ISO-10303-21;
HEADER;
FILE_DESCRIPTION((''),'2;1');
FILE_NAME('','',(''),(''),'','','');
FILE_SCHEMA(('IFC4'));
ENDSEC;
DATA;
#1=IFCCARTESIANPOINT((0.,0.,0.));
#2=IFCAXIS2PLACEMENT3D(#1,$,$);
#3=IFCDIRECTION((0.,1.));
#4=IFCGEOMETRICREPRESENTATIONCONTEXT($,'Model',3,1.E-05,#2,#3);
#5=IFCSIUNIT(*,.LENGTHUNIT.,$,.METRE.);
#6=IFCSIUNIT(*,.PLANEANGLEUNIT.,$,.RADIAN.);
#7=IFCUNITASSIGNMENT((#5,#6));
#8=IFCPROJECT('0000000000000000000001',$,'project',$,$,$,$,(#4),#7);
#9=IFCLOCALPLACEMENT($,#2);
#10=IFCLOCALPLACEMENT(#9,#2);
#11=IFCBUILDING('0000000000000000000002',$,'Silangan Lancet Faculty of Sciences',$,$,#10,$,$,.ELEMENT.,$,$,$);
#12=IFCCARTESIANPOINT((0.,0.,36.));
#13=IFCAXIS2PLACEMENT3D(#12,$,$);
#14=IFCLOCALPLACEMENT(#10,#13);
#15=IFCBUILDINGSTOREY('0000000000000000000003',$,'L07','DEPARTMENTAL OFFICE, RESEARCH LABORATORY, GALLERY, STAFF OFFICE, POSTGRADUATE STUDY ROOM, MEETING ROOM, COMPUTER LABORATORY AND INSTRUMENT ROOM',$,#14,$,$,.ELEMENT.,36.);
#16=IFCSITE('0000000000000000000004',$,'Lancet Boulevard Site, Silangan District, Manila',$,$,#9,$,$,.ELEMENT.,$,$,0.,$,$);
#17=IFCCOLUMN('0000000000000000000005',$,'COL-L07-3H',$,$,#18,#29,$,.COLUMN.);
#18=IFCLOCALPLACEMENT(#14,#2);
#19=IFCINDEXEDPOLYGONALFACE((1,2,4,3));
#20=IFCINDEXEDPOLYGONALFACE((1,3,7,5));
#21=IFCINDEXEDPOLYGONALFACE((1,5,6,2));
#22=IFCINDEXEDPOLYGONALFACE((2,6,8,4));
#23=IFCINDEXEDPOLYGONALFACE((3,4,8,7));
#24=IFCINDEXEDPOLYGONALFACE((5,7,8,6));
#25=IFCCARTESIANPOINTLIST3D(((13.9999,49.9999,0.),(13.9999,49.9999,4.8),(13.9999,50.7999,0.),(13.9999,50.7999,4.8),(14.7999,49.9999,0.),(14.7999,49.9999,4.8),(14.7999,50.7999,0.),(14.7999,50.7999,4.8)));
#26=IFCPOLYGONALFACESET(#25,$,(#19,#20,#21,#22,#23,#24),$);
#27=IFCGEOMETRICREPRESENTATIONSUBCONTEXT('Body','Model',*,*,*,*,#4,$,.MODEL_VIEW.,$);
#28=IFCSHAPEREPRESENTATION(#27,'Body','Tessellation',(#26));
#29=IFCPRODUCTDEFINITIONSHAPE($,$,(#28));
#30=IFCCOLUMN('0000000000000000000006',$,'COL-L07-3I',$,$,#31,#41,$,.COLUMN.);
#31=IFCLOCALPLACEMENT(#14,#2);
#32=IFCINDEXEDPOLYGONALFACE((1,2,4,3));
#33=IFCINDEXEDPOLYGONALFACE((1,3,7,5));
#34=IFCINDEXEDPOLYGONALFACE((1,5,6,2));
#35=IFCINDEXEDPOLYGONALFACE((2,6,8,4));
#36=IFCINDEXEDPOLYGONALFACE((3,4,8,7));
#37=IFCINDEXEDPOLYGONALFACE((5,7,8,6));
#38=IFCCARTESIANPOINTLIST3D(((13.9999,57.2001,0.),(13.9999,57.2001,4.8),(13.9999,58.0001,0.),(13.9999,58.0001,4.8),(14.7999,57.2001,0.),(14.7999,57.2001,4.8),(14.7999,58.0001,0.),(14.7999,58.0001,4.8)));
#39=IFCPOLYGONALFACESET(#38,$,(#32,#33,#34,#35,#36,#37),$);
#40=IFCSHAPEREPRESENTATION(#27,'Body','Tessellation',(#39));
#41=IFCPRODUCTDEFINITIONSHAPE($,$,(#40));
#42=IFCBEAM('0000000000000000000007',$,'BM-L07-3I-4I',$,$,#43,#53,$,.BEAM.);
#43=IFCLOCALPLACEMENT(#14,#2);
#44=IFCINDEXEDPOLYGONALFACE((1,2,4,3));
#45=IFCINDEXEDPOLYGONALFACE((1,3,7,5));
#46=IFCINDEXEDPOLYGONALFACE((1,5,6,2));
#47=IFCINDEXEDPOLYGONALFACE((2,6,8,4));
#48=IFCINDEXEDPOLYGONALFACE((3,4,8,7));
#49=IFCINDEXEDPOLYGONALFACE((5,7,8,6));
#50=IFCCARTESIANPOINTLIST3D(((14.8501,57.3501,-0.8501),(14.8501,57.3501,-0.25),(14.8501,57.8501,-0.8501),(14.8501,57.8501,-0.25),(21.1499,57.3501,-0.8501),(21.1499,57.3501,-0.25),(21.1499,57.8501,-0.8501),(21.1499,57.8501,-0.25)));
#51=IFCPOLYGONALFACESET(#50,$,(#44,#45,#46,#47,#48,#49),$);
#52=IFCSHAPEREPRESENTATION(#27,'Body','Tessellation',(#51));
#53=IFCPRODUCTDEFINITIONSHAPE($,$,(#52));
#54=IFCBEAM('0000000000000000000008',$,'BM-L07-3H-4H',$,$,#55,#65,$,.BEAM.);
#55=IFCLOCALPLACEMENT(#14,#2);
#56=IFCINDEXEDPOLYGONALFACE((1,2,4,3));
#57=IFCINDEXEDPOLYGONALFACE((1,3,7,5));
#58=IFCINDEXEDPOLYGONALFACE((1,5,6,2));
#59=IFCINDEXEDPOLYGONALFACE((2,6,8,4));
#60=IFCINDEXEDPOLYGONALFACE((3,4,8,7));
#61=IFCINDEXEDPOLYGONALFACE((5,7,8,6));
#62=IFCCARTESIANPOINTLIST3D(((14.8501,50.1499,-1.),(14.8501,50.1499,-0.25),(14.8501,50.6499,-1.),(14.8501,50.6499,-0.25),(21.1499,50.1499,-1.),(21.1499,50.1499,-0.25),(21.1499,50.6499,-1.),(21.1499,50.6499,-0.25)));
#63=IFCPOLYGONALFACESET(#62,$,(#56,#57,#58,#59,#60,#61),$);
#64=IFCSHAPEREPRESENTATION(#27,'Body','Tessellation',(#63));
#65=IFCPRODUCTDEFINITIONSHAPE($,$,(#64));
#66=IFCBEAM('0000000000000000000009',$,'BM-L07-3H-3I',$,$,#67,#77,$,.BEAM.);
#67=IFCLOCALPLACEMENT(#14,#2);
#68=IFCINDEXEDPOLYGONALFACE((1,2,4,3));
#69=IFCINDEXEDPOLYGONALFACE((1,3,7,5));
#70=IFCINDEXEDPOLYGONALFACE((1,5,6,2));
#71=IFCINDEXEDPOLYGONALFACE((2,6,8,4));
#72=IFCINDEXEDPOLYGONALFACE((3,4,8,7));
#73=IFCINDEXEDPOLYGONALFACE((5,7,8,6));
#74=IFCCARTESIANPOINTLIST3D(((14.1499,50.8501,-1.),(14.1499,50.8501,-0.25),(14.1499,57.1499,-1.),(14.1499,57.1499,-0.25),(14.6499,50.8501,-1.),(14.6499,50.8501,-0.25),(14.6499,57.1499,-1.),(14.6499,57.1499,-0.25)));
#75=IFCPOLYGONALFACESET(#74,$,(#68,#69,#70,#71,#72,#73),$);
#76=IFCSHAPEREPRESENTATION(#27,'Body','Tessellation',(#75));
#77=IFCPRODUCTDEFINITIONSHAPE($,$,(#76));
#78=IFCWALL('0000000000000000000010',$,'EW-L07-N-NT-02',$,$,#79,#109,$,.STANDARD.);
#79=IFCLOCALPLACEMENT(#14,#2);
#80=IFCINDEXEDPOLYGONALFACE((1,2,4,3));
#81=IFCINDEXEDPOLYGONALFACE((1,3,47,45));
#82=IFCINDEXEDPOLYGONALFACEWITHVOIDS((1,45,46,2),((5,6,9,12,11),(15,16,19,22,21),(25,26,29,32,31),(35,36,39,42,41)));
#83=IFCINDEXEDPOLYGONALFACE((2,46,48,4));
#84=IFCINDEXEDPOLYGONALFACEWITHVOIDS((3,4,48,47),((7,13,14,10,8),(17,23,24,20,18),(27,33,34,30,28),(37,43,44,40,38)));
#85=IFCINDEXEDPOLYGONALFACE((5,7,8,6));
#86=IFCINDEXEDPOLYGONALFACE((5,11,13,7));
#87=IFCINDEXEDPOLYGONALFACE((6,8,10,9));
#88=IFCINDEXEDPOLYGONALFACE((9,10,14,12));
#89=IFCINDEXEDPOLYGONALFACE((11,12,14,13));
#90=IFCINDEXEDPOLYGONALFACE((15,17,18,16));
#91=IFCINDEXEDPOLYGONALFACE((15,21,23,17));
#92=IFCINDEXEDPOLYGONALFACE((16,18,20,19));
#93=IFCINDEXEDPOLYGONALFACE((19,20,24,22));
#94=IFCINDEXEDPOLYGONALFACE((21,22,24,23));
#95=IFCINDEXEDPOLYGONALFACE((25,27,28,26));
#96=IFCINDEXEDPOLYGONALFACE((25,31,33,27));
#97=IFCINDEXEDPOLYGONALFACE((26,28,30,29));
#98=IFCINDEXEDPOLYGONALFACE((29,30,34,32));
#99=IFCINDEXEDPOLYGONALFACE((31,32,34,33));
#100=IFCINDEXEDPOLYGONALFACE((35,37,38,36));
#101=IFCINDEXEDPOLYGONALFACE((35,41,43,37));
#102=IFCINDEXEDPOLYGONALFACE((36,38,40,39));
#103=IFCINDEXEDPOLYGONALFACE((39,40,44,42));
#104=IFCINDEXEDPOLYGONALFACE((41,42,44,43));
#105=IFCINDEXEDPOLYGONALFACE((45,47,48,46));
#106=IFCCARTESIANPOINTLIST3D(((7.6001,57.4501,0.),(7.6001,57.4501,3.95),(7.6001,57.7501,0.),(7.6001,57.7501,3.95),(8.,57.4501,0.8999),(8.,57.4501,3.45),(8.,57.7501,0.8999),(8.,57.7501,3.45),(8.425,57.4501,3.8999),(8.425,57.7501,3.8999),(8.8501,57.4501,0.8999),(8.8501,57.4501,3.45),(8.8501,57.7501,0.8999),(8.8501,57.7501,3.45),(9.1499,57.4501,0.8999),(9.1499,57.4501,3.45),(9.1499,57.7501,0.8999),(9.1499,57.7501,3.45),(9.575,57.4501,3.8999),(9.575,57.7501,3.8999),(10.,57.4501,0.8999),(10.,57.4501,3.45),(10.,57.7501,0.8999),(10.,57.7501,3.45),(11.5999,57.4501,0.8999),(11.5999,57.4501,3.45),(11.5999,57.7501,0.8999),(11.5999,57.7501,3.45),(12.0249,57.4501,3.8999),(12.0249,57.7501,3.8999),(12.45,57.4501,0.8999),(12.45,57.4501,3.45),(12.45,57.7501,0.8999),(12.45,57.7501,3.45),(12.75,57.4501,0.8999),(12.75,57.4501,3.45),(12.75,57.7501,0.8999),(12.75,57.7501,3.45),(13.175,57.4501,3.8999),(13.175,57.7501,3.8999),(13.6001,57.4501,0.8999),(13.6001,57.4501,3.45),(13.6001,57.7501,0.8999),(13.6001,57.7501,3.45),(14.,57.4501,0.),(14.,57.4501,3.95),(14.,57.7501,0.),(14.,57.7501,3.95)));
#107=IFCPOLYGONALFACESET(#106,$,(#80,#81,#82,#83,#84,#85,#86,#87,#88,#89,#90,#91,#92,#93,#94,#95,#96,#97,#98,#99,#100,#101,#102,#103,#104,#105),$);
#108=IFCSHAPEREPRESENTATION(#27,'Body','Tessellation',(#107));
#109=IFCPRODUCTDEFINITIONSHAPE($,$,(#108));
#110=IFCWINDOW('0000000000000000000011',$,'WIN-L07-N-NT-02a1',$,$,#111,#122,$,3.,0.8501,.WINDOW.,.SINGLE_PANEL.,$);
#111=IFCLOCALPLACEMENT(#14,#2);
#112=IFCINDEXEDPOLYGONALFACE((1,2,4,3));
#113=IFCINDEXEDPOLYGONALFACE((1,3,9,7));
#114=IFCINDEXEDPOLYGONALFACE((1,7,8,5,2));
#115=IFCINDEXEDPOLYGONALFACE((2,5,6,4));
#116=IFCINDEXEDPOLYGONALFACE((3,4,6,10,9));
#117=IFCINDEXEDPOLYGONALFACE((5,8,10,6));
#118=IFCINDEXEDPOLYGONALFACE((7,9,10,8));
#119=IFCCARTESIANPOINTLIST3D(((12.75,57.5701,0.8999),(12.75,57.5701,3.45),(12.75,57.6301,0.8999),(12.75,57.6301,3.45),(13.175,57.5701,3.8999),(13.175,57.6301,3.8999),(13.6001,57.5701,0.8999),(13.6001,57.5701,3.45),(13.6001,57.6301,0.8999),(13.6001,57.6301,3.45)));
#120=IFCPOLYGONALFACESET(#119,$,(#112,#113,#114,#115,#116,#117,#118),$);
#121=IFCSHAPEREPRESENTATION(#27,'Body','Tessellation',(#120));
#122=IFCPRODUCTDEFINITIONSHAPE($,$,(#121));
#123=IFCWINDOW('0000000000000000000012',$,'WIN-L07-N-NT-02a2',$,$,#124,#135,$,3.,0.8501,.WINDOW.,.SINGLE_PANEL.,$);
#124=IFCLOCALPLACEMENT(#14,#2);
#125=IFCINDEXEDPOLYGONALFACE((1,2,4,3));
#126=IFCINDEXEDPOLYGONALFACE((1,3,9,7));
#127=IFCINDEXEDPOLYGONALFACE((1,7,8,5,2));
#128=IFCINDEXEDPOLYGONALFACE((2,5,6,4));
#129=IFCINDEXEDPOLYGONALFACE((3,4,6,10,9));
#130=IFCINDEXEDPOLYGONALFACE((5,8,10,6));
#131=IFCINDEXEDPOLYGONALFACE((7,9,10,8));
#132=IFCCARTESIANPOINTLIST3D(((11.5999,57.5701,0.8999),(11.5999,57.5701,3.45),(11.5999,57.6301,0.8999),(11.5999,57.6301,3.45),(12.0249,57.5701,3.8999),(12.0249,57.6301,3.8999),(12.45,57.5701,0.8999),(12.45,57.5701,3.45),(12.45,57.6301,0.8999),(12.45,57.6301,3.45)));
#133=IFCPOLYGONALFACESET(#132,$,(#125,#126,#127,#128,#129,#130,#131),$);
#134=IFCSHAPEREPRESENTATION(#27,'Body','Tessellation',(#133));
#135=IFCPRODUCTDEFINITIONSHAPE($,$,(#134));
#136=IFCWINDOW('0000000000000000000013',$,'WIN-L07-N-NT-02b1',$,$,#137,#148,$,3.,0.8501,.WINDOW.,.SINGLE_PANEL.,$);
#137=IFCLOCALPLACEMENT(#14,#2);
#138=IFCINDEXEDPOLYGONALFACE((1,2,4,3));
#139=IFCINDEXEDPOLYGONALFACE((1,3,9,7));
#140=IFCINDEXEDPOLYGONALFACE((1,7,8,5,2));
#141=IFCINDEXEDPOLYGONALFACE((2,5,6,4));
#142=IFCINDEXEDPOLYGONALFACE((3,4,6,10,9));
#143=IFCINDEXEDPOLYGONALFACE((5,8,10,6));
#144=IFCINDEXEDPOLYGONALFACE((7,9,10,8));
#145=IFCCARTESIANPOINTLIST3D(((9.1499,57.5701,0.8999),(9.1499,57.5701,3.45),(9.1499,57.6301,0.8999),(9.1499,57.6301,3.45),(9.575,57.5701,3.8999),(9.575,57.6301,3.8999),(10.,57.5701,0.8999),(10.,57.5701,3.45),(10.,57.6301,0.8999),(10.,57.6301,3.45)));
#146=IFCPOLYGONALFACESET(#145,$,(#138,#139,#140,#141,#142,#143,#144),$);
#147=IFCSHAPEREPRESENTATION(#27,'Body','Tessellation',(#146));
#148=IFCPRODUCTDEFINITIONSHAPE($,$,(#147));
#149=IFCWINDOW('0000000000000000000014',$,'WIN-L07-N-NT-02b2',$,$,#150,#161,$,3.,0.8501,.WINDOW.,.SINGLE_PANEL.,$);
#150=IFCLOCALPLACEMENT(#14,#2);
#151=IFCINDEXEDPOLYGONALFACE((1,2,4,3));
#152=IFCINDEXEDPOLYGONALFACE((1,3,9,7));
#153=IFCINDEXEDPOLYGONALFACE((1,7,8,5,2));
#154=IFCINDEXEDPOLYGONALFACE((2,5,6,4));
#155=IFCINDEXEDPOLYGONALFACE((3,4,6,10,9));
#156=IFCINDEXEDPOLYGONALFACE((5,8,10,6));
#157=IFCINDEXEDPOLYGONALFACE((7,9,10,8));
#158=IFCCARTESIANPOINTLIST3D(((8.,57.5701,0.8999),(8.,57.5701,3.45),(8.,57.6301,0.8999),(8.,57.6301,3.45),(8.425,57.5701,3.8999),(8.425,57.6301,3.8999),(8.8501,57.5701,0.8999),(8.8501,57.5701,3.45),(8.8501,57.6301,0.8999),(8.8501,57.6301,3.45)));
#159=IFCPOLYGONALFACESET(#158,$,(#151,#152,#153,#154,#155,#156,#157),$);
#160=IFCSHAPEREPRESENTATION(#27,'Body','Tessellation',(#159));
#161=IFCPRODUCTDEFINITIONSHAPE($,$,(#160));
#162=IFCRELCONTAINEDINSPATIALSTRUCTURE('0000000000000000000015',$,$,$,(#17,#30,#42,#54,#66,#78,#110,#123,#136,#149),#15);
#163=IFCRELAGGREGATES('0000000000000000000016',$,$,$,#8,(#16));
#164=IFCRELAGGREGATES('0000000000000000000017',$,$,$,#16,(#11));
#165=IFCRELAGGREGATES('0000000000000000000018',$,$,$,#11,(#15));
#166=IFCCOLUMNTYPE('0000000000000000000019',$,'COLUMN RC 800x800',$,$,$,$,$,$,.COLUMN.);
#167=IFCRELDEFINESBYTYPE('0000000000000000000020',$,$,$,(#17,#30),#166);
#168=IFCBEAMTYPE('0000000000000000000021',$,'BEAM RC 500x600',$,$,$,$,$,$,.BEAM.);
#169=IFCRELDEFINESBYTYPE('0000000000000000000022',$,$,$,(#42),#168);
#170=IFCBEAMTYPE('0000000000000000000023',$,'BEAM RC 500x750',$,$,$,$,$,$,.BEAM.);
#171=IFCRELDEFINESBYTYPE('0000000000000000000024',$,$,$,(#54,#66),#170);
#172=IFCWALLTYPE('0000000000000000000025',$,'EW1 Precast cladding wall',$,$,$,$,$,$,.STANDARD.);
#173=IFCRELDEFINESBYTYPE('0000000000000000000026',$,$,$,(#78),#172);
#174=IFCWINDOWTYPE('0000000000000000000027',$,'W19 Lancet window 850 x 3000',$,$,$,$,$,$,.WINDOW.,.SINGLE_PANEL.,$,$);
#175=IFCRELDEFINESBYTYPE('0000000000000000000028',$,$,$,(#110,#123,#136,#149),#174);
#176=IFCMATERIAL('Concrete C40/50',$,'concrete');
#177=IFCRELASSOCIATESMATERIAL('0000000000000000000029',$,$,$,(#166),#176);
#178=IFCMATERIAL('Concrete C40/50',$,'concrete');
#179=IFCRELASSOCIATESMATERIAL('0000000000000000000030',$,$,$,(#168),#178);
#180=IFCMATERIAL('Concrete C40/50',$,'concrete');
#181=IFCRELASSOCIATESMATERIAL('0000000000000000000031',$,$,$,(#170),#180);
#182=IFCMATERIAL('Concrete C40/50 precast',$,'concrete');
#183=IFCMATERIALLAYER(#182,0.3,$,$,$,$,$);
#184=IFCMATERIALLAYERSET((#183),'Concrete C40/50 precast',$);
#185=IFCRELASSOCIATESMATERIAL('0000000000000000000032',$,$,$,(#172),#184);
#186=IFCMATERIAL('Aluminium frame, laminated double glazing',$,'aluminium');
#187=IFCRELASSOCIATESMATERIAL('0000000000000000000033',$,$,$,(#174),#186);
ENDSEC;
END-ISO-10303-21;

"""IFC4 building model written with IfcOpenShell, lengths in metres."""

from ifc_helpers import new_model, si_unit, direction, frame, frame_2d, origin, origin_2d, place, context, subcontext, project, spatial, polyline, rectangle, outline, extrude, material, layer, layer_set, material_profile, profile_set, type_object, element, fill, save


model = new_model("IFC4")

# Units and contexts
model_context = context("Model", 3, precision=1e-05, world=origin(), true_north=direction((0.0, 1.0)))
body_context = subcontext(model_context, "Body", "Model", "MODEL_VIEW")
ifc_project = project(units=[si_unit("LENGTHUNIT", "METRE"), si_unit("PLANEANGLEUNIT", "RADIAN")], contexts=[model_context])

# Site, building, storey
site_placement = place(None, origin())
site = spatial("IfcSite", under=ifc_project, at=site_placement, Name="Lancet Boulevard Site, Silangan District, Manila", CompositionType="ELEMENT", RefElevation=0.0)
building_placement = place(site_placement, origin())
building = spatial("IfcBuilding", under=site, at=building_placement, Name="Silangan Lancet Faculty of Sciences", CompositionType="ELEMENT")
storey_placement = place(building_placement, frame((0.0, 0.0, 36.0)))
storey = spatial("IfcBuildingStorey", under=building, at=storey_placement, Name="L07", Description="DEPARTMENTAL OFFICE, RESEARCH LABORATORY, GALLERY, STAFF OFFICE, POSTGRADUATE STUDY ROOM, MEETING ROOM, COMPUTER LABORATORY AND INSTRUMENT ROOM", CompositionType="ELEMENT", Elevation=36.0)

# Columns
ifc_material_1 = material(Name="Concrete C40/50", Category="concrete")
ifc_material_profile_1 = material_profile(ifc_material_1, rectangle(XDim=0.8, YDim=0.8, at=origin_2d()), Name="RC 800x800")
ifc_profile_set_1 = profile_set([ifc_material_profile_1], Name="Concrete C40/50")
column_type = type_object("IfcColumnType", Name="COLUMN RC 800x800", PredefinedType="COLUMN", material=ifc_profile_set_1)
for number, where, z_axis, x_axis, name in (
    (1, (14.3999, 50.3999, 0.0), (0.0, 0.0, 1.0), (1.0, 0.0, 0.0), "COL-L07-3H"),
    (2, (14.3999, 57.6001, 0.0), (0.0, 0.0, 1.0), (1.0, 0.0, 0.0), "COL-L07-3I"),
):
    element("IfcColumn", number, at=place(storey_placement, frame(where, z_axis=z_axis, x_axis=x_axis)), inside=storey, type_object=column_type, Name=name, PredefinedType="COLUMN", context=body_context, shape_type="SweptSolid", body=[
        extrude(rectangle(XDim=0.8, YDim=0.8, at=origin_2d()), origin(), (0.0, 0.0, 1.0), 4.8),
    ])

# Beams
ifc_material_2 = material(Name="Concrete C40/50", Category="concrete")
ifc_material_profile_2 = material_profile(ifc_material_2, rectangle(XDim=0.5, YDim=0.6001, at=origin_2d()), Name="RC 500x600")
ifc_profile_set_2 = profile_set([ifc_material_profile_2], Name="Concrete C40/50")
beam_type_1 = type_object("IfcBeamType", Name="BEAM RC 500x600", PredefinedType="BEAM", material=ifc_profile_set_2)
beam_placement = place(storey_placement, frame((14.8501, 57.6001, -0.55), z_axis=(1.0, 0.0, 0.0), x_axis=(0.0, 1.0, 0.0)))
element("IfcBeam", 3, at=beam_placement, inside=storey, type_object=beam_type_1, Name="BM-L07-3I-4I", PredefinedType="BEAM", context=body_context, shape_type="SweptSolid", body=[
    extrude(rectangle(XDim=0.5, YDim=0.6001, at=origin_2d()), origin(), (0.0, 0.0, 1.0), 6.2998),
])
ifc_material_3 = material(Name="Concrete C40/50", Category="concrete")
ifc_material_profile_3 = material_profile(ifc_material_3, rectangle(XDim=0.5, YDim=0.75, at=origin_2d()), Name="RC 500x750")
ifc_profile_set_3 = profile_set([ifc_material_profile_3], Name="Concrete C40/50")
beam_type_2 = type_object("IfcBeamType", Name="BEAM RC 500x750", PredefinedType="BEAM", material=ifc_profile_set_3)
for number, where, z_axis, x_axis, name in (
    (4, (14.8501, 50.3999, -0.625), (1.0, 0.0, 0.0), (0.0, 1.0, 0.0), "BM-L07-3H-4H"),
    (5, (14.3999, 50.8501, -0.625), (0.0, 1.0, 0.0), (-1.0, 0.0, 0.0), "BM-L07-3H-3I"),
):
    element("IfcBeam", number, at=place(storey_placement, frame(where, z_axis=z_axis, x_axis=x_axis)), inside=storey, type_object=beam_type_2, Name=name, PredefinedType="BEAM", context=body_context, shape_type="SweptSolid", body=[
        extrude(rectangle(XDim=0.5, YDim=0.75, at=origin_2d()), origin(), (0.0, 0.0, 1.0), 6.2998),
    ])

# Wall, openings, windows
ifc_material_4 = material(Name="Concrete C40/50 precast", Category="concrete")
ifc_layer_1 = layer(ifc_material_4, 0.3)
ifc_layer_set_1 = layer_set([ifc_layer_1], Name="Concrete C40/50 precast")
wall_type_1 = type_object("IfcWallType", Name="EW1 Precast cladding wall", PredefinedType="STANDARD", material=ifc_layer_set_1)
wall_1_placement = place(storey_placement, frame((14.0, 57.6001, 0.0), z_axis=(0.0, 0.0, 1.0), x_axis=(-1.0, 0.0, 0.0)))
wall_1 = element("IfcWall", 6, at=wall_1_placement, inside=storey, type_object=wall_type_1, Name="EW-L07-N-NT-02", PredefinedType="STANDARD", context=body_context, shape_type="SweptSolid", body=[
    extrude(rectangle(XDim=6.3999, YDim=0.3, at=frame_2d((3.2, 0.0))), origin(), (0.0, 0.0, 1.0), 3.95),
])
opening_1_placement = place(wall_1_placement, frame((0.3999, 0.0, 0.8999)))
opening_1 = element("IfcOpeningElement", 7, at=opening_1_placement, cuts=wall_1, PredefinedType="OPENING", context=body_context, shape_type="SweptSolid", body=[
    extrude(outline(polyline([(0.0, 0.0), (0.8501, 0.0), (0.8501, 2.55), (0.425, 3.0), (0.0, 2.55), (0.0, 0.0)])), frame((0.0, 0.1599, 0.0), z_axis=(0.0, -1.0, 0.0), x_axis=(1.0, 0.0, 0.0)), (0.0, 0.0, 1.0), 0.3201),
])
opening_2_placement = place(wall_1_placement, frame((1.55, 0.0, 0.8999)))
opening_2 = element("IfcOpeningElement", 8, at=opening_2_placement, cuts=wall_1, PredefinedType="OPENING", context=body_context, shape_type="SweptSolid", body=[
    extrude(outline(polyline([(0.0, 0.0), (0.8501, 0.0), (0.8501, 2.55), (0.425, 3.0), (0.0, 2.55), (0.0, 0.0)])), frame((0.0, 0.1599, 0.0), z_axis=(0.0, -1.0, 0.0), x_axis=(1.0, 0.0, 0.0)), (0.0, 0.0, 1.0), 0.3201),
])
opening_3_placement = place(wall_1_placement, frame((4.0, 0.0, 0.8999)))
opening_3 = element("IfcOpeningElement", 9, at=opening_3_placement, cuts=wall_1, PredefinedType="OPENING", context=body_context, shape_type="SweptSolid", body=[
    extrude(outline(polyline([(0.0, 0.0), (0.8501, 0.0), (0.8501, 2.55), (0.425, 3.0), (0.0, 2.55), (0.0, 0.0)])), frame((0.0, 0.1599, 0.0), z_axis=(0.0, -1.0, 0.0), x_axis=(1.0, 0.0, 0.0)), (0.0, 0.0, 1.0), 0.3201),
])
opening_4_placement = place(wall_1_placement, frame((5.1499, 0.0, 0.8999)))
opening_4 = element("IfcOpeningElement", 10, at=opening_4_placement, cuts=wall_1, PredefinedType="OPENING", context=body_context, shape_type="SweptSolid", body=[
    extrude(outline(polyline([(0.0, 0.0), (0.8501, 0.0), (0.8501, 2.55), (0.425, 3.0), (0.0, 2.55), (0.0, 0.0)])), frame((0.0, 0.1599, 0.0), z_axis=(0.0, -1.0, 0.0), x_axis=(1.0, 0.0, 0.0)), (0.0, 0.0, 1.0), 0.3201),
])
ifc_material_5 = material(Name="Aluminium frame, laminated double glazing", Category="aluminium")
window_type = type_object("IfcWindowType", Name="W19 Lancet window 850 x 3000", PartitioningType="SINGLE_PANEL", PredefinedType="WINDOW", material=ifc_material_5)
window_1_placement = place(opening_1_placement, origin())
window_1 = element("IfcWindow", 11, at=window_1_placement, inside=storey, type_object=window_type, Name="WIN-L07-N-NT-02a1", OverallHeight=3.0, OverallWidth=0.8501, PartitioningType="SINGLE_PANEL", PredefinedType="WINDOW", context=body_context, shape_type="SweptSolid", body=[
    extrude(outline(polyline([(0.0, 0.0), (0.8501, 0.0), (0.8501, 2.55), (0.425, 3.0), (0.0, 2.55), (0.0, 0.0)])), frame((0.0, 0.03, 0.0), z_axis=(0.0, -1.0, 0.0), x_axis=(1.0, 0.0, 0.0)), (0.0, 0.0, 1.0), 0.0601),
])
fill(opening_1, window_1)
window_2_placement = place(opening_2_placement, origin())
window_2 = element("IfcWindow", 12, at=window_2_placement, inside=storey, type_object=window_type, Name="WIN-L07-N-NT-02a2", OverallHeight=3.0, OverallWidth=0.8501, PartitioningType="SINGLE_PANEL", PredefinedType="WINDOW", context=body_context, shape_type="SweptSolid", body=[
    extrude(outline(polyline([(0.0, 0.0), (0.8501, 0.0), (0.8501, 2.55), (0.425, 3.0), (0.0, 2.55), (0.0, 0.0)])), frame((0.0, 0.03, 0.0), z_axis=(0.0, -1.0, 0.0), x_axis=(1.0, 0.0, 0.0)), (0.0, 0.0, 1.0), 0.0601),
])
fill(opening_2, window_2)
window_3_placement = place(opening_3_placement, origin())
window_3 = element("IfcWindow", 13, at=window_3_placement, inside=storey, type_object=window_type, Name="WIN-L07-N-NT-02b1", OverallHeight=3.0, OverallWidth=0.8501, PartitioningType="SINGLE_PANEL", PredefinedType="WINDOW", context=body_context, shape_type="SweptSolid", body=[
    extrude(outline(polyline([(0.0, 0.0), (0.8501, 0.0), (0.8501, 2.55), (0.425, 3.0), (0.0, 2.55), (0.0, 0.0)])), frame((0.0, 0.03, 0.0), z_axis=(0.0, -1.0, 0.0), x_axis=(1.0, 0.0, 0.0)), (0.0, 0.0, 1.0), 0.0601),
])
fill(opening_3, window_3)
window_4_placement = place(opening_4_placement, origin())
window_4 = element("IfcWindow", 14, at=window_4_placement, inside=storey, type_object=window_type, Name="WIN-L07-N-NT-02b2", OverallHeight=3.0, OverallWidth=0.8501, PartitioningType="SINGLE_PANEL", PredefinedType="WINDOW", context=body_context, shape_type="SweptSolid", body=[
    extrude(outline(polyline([(0.0, 0.0), (0.8501, 0.0), (0.8501, 2.55), (0.425, 3.0), (0.0, 2.55), (0.0, 0.0)])), frame((0.0, 0.03, 0.0), z_axis=(0.0, -1.0, 0.0), x_axis=(1.0, 0.0, 0.0)), (0.0, 0.0, 1.0), 0.0601),
])
fill(opening_4, window_4)

save(model, "model.ifc")
